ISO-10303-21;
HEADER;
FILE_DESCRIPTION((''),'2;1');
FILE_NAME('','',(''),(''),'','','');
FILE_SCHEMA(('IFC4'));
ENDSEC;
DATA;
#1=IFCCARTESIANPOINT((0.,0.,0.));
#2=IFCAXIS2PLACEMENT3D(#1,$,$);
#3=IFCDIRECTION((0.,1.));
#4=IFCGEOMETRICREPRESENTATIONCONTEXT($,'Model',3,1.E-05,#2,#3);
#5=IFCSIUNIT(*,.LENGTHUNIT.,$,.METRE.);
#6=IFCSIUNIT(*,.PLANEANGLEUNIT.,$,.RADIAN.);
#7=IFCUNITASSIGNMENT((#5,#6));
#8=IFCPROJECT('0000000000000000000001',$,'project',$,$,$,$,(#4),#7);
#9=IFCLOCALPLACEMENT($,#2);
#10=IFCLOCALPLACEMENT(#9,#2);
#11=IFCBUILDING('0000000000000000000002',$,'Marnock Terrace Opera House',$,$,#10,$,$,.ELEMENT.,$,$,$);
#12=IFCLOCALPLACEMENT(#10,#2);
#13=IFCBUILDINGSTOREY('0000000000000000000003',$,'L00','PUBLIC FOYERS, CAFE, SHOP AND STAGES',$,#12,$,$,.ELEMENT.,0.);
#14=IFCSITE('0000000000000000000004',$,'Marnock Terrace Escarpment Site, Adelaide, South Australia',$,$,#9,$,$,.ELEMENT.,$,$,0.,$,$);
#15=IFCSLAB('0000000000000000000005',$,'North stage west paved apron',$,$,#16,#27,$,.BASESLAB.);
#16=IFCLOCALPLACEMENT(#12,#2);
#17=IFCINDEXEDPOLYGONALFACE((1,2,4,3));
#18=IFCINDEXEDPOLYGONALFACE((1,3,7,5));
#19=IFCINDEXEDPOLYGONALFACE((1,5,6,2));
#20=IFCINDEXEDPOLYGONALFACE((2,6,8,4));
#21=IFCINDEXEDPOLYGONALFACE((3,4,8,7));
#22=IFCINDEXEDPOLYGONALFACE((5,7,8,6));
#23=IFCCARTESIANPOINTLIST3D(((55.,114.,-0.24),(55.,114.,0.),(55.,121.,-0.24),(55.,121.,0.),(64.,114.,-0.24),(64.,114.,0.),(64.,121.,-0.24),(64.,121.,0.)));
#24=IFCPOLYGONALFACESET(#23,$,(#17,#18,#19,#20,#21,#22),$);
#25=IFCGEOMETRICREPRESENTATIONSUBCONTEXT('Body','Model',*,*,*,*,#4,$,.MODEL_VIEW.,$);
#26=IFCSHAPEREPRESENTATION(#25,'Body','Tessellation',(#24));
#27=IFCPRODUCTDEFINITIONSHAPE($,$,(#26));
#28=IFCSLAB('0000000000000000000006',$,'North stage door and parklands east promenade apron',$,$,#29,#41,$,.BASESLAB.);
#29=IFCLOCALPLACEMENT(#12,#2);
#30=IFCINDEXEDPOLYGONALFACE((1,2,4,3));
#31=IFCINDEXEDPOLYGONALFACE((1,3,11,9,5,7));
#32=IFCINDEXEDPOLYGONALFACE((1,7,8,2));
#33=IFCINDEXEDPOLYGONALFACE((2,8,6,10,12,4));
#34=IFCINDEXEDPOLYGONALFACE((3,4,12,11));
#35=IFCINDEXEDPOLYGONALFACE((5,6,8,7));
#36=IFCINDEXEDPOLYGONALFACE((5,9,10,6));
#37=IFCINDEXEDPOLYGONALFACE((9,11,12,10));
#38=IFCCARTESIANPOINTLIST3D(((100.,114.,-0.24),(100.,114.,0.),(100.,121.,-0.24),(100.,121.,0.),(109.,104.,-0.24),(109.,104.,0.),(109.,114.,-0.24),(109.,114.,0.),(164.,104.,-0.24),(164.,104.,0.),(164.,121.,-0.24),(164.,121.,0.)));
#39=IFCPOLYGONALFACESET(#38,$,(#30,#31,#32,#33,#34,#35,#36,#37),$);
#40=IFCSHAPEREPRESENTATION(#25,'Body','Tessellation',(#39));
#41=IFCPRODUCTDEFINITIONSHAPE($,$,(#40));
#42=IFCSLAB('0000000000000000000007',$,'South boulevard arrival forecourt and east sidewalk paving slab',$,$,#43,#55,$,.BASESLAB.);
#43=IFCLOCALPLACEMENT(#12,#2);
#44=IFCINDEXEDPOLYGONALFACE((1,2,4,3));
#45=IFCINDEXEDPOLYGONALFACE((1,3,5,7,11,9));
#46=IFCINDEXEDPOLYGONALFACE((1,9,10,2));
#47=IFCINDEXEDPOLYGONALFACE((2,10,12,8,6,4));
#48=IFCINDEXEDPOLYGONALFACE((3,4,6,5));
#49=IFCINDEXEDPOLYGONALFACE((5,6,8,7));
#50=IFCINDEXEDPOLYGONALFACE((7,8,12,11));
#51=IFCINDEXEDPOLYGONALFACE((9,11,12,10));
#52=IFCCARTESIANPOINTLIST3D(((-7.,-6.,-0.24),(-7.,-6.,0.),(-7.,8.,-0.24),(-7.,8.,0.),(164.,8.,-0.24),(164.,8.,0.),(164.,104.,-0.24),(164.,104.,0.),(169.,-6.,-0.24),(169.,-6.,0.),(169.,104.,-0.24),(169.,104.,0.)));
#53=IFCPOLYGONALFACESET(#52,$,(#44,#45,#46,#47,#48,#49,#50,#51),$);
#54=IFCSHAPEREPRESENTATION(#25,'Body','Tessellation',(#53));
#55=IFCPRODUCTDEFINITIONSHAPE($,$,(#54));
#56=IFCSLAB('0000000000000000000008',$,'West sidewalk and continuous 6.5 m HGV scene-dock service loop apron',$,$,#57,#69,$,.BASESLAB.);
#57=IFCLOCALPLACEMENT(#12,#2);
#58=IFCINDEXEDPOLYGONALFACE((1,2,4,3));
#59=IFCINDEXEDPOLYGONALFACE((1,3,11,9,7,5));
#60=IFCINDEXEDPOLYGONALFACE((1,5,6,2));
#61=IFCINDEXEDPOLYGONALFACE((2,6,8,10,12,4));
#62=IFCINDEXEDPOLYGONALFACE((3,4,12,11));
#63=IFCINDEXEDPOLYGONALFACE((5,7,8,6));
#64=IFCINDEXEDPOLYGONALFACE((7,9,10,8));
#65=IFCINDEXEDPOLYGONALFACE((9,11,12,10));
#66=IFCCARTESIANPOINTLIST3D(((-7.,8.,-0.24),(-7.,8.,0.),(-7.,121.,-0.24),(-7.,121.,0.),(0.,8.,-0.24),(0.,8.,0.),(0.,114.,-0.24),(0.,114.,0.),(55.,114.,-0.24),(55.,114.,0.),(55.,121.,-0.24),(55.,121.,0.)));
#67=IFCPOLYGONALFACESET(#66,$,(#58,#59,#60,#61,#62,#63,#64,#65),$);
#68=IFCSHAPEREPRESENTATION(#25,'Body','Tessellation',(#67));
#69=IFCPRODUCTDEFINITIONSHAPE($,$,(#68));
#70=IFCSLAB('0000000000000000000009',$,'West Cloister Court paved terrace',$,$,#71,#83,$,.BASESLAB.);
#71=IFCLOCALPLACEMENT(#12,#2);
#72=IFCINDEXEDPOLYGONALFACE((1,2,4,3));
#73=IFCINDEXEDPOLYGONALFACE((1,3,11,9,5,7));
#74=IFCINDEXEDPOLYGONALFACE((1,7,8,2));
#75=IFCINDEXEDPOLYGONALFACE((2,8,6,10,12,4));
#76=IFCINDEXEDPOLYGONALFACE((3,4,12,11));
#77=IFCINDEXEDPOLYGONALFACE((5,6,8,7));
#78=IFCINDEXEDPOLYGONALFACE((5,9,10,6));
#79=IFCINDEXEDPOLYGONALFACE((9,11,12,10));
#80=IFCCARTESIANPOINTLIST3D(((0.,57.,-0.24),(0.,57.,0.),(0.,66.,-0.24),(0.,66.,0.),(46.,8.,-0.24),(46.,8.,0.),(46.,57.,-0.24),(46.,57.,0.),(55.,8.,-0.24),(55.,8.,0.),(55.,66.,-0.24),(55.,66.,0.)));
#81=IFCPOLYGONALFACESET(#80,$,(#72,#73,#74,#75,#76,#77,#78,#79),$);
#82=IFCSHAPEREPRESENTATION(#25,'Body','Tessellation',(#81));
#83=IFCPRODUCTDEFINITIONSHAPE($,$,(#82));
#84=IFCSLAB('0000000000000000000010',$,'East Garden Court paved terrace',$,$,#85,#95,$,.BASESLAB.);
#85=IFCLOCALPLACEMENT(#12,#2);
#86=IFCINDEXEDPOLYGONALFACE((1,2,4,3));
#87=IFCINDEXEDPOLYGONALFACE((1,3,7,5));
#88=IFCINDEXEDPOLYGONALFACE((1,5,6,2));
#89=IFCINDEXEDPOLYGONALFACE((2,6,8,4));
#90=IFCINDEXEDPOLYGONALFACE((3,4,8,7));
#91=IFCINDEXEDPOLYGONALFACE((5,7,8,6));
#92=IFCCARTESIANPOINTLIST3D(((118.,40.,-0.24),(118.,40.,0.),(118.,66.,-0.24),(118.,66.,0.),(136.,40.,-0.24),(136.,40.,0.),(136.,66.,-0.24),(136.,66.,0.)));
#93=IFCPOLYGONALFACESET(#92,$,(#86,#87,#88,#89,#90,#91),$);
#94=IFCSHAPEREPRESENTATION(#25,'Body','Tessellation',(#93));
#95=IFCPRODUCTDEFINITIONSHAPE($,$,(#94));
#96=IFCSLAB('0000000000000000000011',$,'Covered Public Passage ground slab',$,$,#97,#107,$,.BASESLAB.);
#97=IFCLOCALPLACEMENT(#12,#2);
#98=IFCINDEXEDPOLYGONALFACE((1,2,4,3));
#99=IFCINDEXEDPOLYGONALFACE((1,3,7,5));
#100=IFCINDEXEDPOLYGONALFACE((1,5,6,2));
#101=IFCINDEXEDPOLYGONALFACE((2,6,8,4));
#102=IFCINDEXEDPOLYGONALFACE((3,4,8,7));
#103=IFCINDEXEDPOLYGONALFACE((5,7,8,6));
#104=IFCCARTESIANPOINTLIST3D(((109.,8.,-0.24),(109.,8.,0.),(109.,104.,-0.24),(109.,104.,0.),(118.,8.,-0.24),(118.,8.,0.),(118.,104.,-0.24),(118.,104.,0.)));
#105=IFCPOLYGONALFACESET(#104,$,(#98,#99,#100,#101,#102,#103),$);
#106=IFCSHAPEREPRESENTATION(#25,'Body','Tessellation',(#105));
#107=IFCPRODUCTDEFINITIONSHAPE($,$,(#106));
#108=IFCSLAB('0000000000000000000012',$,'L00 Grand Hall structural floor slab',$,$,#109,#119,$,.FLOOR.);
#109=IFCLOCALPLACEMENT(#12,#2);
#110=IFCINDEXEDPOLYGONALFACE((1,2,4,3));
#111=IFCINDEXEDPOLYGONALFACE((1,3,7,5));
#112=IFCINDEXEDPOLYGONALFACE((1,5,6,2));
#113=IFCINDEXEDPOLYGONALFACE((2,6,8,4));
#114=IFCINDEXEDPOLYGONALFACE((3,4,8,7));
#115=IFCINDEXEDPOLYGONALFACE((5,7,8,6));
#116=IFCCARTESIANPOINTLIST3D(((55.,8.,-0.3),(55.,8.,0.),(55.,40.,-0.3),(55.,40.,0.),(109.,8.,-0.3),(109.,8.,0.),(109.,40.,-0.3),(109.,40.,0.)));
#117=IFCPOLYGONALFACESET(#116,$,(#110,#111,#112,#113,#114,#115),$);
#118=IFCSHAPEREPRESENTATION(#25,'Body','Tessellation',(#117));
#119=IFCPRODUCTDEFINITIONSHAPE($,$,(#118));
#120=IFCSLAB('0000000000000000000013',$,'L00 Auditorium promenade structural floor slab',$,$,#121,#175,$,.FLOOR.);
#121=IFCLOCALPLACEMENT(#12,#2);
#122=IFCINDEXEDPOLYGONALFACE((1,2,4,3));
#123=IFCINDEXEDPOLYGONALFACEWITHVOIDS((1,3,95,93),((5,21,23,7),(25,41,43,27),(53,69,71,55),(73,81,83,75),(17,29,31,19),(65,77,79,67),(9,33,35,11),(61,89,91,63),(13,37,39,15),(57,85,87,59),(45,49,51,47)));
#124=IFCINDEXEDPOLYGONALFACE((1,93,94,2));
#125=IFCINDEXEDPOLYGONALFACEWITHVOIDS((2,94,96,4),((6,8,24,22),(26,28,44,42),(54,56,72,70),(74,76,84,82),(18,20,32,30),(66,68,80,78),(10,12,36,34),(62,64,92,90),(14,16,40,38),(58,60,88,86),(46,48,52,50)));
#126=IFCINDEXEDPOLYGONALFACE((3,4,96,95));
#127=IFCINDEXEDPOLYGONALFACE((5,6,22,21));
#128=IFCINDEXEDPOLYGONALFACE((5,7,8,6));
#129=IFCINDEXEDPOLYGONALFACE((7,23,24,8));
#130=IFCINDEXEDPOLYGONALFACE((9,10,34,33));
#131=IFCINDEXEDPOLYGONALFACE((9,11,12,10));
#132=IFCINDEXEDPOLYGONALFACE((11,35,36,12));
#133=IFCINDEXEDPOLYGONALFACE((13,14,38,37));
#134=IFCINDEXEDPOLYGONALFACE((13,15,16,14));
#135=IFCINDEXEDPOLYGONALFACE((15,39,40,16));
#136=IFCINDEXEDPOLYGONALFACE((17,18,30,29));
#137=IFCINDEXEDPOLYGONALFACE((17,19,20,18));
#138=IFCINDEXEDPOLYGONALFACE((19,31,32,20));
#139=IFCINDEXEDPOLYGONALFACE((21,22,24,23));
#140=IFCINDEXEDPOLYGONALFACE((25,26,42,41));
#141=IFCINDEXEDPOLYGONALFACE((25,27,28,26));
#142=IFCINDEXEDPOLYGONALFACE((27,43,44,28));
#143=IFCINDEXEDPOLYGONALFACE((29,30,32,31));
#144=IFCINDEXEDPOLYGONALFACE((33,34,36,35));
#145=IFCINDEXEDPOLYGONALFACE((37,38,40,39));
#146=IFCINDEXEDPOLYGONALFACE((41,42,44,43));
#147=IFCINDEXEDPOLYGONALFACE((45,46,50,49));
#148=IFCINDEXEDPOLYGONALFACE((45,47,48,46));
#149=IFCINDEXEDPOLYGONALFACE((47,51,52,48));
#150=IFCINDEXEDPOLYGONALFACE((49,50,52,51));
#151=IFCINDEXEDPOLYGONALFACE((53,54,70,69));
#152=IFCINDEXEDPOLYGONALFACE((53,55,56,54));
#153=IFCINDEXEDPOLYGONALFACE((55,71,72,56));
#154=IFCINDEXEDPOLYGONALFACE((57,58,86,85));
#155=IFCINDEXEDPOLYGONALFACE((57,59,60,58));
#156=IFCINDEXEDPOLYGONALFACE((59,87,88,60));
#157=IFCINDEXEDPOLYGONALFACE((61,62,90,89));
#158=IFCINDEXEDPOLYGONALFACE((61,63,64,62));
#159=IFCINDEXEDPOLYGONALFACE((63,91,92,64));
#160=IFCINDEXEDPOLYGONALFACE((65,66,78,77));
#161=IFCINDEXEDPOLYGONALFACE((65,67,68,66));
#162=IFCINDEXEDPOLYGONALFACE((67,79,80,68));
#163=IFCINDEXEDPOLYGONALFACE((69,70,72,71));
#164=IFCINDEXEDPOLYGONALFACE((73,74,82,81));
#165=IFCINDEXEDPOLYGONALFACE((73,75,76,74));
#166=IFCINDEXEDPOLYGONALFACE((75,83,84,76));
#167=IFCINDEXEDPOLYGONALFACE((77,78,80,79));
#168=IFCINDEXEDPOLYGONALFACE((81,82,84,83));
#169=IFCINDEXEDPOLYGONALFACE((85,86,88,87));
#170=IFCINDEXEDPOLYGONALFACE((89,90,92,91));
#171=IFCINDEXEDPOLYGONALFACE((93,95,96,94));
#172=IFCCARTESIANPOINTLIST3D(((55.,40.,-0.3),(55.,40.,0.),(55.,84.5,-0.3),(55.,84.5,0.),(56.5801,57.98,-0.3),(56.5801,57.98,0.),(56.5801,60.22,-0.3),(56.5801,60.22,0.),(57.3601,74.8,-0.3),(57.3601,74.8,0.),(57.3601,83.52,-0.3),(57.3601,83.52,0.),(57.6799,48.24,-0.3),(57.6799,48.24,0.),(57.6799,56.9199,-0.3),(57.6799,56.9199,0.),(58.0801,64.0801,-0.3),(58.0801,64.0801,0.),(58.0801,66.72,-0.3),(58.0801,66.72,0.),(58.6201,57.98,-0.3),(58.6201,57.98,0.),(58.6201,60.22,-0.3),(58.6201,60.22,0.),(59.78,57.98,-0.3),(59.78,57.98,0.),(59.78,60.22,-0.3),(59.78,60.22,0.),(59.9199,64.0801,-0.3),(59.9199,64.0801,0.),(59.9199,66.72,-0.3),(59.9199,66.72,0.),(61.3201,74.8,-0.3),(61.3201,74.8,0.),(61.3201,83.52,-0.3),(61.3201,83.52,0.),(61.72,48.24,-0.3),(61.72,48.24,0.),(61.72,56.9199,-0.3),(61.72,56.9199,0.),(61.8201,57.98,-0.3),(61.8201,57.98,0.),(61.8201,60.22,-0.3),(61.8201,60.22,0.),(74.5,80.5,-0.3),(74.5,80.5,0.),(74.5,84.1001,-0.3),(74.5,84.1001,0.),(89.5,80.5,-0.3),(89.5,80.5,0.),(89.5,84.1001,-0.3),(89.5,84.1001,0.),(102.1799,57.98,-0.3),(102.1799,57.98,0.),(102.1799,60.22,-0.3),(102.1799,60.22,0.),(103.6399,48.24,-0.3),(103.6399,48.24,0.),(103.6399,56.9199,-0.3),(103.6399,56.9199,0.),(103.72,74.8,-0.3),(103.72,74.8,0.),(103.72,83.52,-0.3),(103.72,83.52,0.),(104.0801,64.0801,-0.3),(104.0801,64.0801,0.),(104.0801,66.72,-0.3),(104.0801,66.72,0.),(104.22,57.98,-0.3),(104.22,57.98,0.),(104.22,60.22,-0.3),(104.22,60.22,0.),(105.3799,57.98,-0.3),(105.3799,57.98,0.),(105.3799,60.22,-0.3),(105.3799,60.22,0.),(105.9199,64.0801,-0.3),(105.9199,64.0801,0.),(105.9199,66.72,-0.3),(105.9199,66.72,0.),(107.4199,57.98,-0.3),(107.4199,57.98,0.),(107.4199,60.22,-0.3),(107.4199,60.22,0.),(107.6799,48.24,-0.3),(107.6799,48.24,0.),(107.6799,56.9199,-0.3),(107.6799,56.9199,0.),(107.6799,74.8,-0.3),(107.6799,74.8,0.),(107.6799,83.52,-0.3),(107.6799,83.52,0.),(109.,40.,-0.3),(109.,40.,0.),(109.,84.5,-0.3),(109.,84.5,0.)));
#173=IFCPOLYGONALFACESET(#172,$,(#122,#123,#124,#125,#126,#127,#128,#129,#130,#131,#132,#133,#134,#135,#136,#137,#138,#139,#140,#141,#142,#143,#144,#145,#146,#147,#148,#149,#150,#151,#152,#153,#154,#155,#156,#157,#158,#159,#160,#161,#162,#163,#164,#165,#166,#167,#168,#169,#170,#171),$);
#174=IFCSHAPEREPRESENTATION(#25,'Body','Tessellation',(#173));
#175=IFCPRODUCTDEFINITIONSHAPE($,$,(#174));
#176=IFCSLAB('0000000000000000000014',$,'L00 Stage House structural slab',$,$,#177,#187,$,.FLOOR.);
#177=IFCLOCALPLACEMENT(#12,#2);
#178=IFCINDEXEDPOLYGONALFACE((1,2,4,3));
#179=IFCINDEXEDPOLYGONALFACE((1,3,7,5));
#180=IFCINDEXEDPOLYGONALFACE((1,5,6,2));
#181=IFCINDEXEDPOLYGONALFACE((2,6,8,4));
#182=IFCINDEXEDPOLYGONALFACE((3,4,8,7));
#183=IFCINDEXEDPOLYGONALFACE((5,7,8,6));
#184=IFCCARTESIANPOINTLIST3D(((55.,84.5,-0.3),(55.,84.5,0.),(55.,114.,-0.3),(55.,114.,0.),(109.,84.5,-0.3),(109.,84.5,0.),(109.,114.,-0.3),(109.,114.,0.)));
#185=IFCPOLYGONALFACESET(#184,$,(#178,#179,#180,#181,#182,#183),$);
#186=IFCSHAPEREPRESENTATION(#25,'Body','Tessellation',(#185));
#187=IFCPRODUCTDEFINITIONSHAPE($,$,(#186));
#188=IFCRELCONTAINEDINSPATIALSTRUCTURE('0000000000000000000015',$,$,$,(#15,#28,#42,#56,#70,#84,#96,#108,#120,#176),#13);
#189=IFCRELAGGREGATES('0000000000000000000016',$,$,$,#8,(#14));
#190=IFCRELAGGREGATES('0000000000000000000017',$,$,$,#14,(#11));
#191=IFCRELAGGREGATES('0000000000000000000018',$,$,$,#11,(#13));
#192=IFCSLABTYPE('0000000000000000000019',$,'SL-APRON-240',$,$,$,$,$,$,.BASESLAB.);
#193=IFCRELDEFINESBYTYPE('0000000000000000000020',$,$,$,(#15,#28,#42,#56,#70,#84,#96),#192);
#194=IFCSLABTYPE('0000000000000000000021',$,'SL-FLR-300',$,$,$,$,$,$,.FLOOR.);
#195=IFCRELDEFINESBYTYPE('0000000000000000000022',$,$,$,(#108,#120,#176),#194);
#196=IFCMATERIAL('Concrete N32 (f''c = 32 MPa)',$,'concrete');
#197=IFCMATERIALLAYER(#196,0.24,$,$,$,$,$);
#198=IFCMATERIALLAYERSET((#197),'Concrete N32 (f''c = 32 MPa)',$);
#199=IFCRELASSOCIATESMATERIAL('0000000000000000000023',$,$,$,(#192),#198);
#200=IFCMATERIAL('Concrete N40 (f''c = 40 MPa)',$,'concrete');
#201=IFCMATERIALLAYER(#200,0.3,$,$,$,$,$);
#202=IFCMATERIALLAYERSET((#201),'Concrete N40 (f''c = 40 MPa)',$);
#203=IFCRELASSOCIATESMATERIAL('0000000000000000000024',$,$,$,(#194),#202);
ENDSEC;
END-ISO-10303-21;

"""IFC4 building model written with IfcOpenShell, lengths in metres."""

from ifc_helpers import new_model, si_unit, direction, frame, origin, place, context, subcontext, project, spatial, polyline, outline, extrude, material, layer, layer_set, type_object, element, save


model = new_model("IFC4")

# Units and contexts
model_context = context("Model", 3, precision=1e-05, world=origin(), true_north=direction((0.0, 1.0)))
body_context = subcontext(model_context, "Body", "Model", "MODEL_VIEW")
ifc_project = project(units=[si_unit("LENGTHUNIT", "METRE"), si_unit("PLANEANGLEUNIT", "RADIAN")], contexts=[model_context])

# Site, building, storey
site_placement = place(None, origin())
site = spatial("IfcSite", under=ifc_project, at=site_placement, Name="Marnock Terrace Escarpment Site, Adelaide, South Australia", CompositionType="ELEMENT", RefElevation=0.0)
building_placement = place(site_placement, origin())
building = spatial("IfcBuilding", under=site, at=building_placement, Name="Marnock Terrace Opera House", CompositionType="ELEMENT")
storey_placement = place(building_placement, origin())
storey = spatial("IfcBuildingStorey", under=building, at=storey_placement, Name="L00", Description="PUBLIC FOYERS, CAFE, SHOP AND STAGES", CompositionType="ELEMENT", Elevation=0.0)

# Slabs
ifc_material_1 = material(Name="Concrete N32 (f'c = 32 MPa)", Category="concrete")
ifc_layer_1 = layer(ifc_material_1, 0.24)
ifc_layer_set_1 = layer_set([ifc_layer_1], Name="Concrete N32 (f'c = 32 MPa)")
slab_type_1 = type_object("IfcSlabType", Name="SL-APRON-240", PredefinedType="BASESLAB", material=ifc_layer_set_1)
slab_1_placement = place(storey_placement, frame((0.0, 0.0, -0.24)))
element("IfcSlab", 1, at=slab_1_placement, inside=storey, type_object=slab_type_1, Name="North stage west paved apron", PredefinedType="BASESLAB", context=body_context, shape_type="SweptSolid", body=[
    extrude(outline(polyline([(55.0, 114.0), (64.0, 114.0), (64.0, 121.0), (55.0, 121.0), (55.0, 114.0)])), origin(), (0.0, 0.0, 1.0), 0.24),
])
slab_2_placement = place(storey_placement, frame((0.0, 0.0, -0.24)))
element("IfcSlab", 2, at=slab_2_placement, inside=storey, type_object=slab_type_1, Name="North stage door and parklands east promenade apron", PredefinedType="BASESLAB", context=body_context, shape_type="SweptSolid", body=[
    extrude(outline(polyline([(100.0, 114.0), (100.0, 121.0), (164.0, 121.0), (164.0, 104.0), (109.0, 104.0), (109.0, 114.0), (100.0, 114.0)])), origin(), (0.0, 0.0, 1.0), 0.24),
])
slab_3_placement = place(storey_placement, frame((0.0, 0.0, -0.24)))
element("IfcSlab", 3, at=slab_3_placement, inside=storey, type_object=slab_type_1, Name="South boulevard arrival forecourt and east sidewalk paving slab", PredefinedType="BASESLAB", context=body_context, shape_type="SweptSolid", body=[
    extrude(outline(polyline([(-7.0, -6.0), (169.0, -6.0), (169.0, 104.0), (164.0, 104.0), (164.0, 8.0), (-7.0, 8.0), (-7.0, -6.0)])), origin(), (0.0, 0.0, 1.0), 0.24),
])
slab_4_placement = place(storey_placement, frame((0.0, 0.0, -0.24)))
element("IfcSlab", 4, at=slab_4_placement, inside=storey, type_object=slab_type_1, Name="West sidewalk and continuous 6.5 m HGV scene-dock service loop apron", PredefinedType="BASESLAB", context=body_context, shape_type="SweptSolid", body=[
    extrude(outline(polyline([(-7.0, 8.0), (0.0, 8.0), (0.0, 114.0), (55.0, 114.0), (55.0, 121.0), (-7.0, 121.0), (-7.0, 8.0)])), origin(), (0.0, 0.0, 1.0), 0.24),
])
slab_5_placement = place(storey_placement, frame((0.0, 0.0, -0.24)))
element("IfcSlab", 5, at=slab_5_placement, inside=storey, type_object=slab_type_1, Name="West Cloister Court paved terrace", PredefinedType="BASESLAB", context=body_context, shape_type="SweptSolid", body=[
    extrude(outline(polyline([(46.0, 8.0), (55.0, 8.0), (55.0, 66.0), (0.0, 66.0), (0.0, 57.0), (46.0, 57.0), (46.0, 8.0)])), origin(), (0.0, 0.0, 1.0), 0.24),
])
slab_6_placement = place(storey_placement, frame((0.0, 0.0, -0.24)))
element("IfcSlab", 6, at=slab_6_placement, inside=storey, type_object=slab_type_1, Name="East Garden Court paved terrace", PredefinedType="BASESLAB", context=body_context, shape_type="SweptSolid", body=[
    extrude(outline(polyline([(118.0, 40.0), (136.0, 40.0), (136.0, 66.0), (118.0, 66.0), (118.0, 40.0)])), origin(), (0.0, 0.0, 1.0), 0.24),
])
slab_7_placement = place(storey_placement, frame((0.0, 0.0, -0.24)))
element("IfcSlab", 7, at=slab_7_placement, inside=storey, type_object=slab_type_1, Name="Covered Public Passage ground slab", PredefinedType="BASESLAB", context=body_context, shape_type="SweptSolid", body=[
    extrude(outline(polyline([(109.0, 8.0), (118.0, 8.0), (118.0, 104.0), (109.0, 104.0), (109.0, 8.0)])), origin(), (0.0, 0.0, 1.0), 0.24),
])
ifc_material_2 = material(Name="Concrete N40 (f'c = 40 MPa)", Category="concrete")
ifc_layer_2 = layer(ifc_material_2, 0.3)
ifc_layer_set_2 = layer_set([ifc_layer_2], Name="Concrete N40 (f'c = 40 MPa)")
slab_type_2 = type_object("IfcSlabType", Name="SL-FLR-300", PredefinedType="FLOOR", material=ifc_layer_set_2)
slab_8_placement = place(storey_placement, frame((0.0, 0.0, -0.3)))
element("IfcSlab", 8, at=slab_8_placement, inside=storey, type_object=slab_type_2, Name="L00 Grand Hall structural floor slab", PredefinedType="FLOOR", context=body_context, shape_type="SweptSolid", body=[
    extrude(outline(polyline([(55.0, 8.0), (109.0, 8.0), (109.0, 40.0), (55.0, 40.0), (55.0, 8.0)])), origin(), (0.0, 0.0, 1.0), 0.3),
])
slab_9_placement = place(storey_placement, frame((0.0, 0.0, -0.3)))
element("IfcSlab", 9, at=slab_9_placement, inside=storey, type_object=slab_type_2, Name="L00 Auditorium promenade structural floor slab", PredefinedType="FLOOR", context=body_context, shape_type="SweptSolid", body=[
    extrude(outline(polyline([(55.0, 40.0), (109.0, 40.0), (109.0, 84.5), (55.0, 84.5), (55.0, 40.0)]), holes=[polyline([(61.72, 48.24), (61.72, 56.9199), (57.6799, 56.9199), (57.6799, 48.24), (61.72, 48.24)]), polyline([(56.5801, 57.98), (58.6201, 57.98), (58.6201, 60.22), (56.5801, 60.22), (56.5801, 57.98)]), polyline([(59.78, 57.98), (61.8201, 57.98), (61.8201, 60.22), (59.78, 60.22), (59.78, 57.98)]), polyline([(107.6799, 48.24), (107.6799, 56.9199), (103.6399, 56.9199), (103.6399, 48.24), (107.6799, 48.24)]), polyline([(102.1799, 57.98), (104.22, 57.98), (104.22, 60.22), (102.1799, 60.22), (102.1799, 57.98)]), polyline([(105.3799, 57.98), (107.4199, 57.98), (107.4199, 60.22), (105.3799, 60.22), (105.3799, 57.98)]), polyline([(61.3201, 74.8), (61.3201, 83.52), (57.3601, 83.52), (57.3601, 74.8), (61.3201, 74.8)]), polyline([(58.0801, 64.0801), (59.9199, 64.0801), (59.9199, 66.72), (58.0801, 66.72), (58.0801, 64.0801)]), polyline([(107.6799, 74.8), (107.6799, 83.52), (103.72, 83.52), (103.72, 74.8), (107.6799, 74.8)]), polyline([(104.0801, 64.0801), (105.9199, 64.0801), (105.9199, 66.72), (104.0801, 66.72), (104.0801, 64.0801)]), polyline([(74.5, 80.5), (89.5, 80.5), (89.5, 84.1001), (74.5, 84.1001), (74.5, 80.5)])]), origin(), (0.0, 0.0, 1.0), 0.3),
])
slab_10_placement = place(storey_placement, frame((0.0, 0.0, -0.3)))
element("IfcSlab", 10, at=slab_10_placement, inside=storey, type_object=slab_type_2, Name="L00 Stage House structural slab", PredefinedType="FLOOR", context=body_context, shape_type="SweptSolid", body=[
    extrude(outline(polyline([(55.0, 84.5), (109.0, 84.5), (109.0, 114.0), (55.0, 114.0), (55.0, 84.5)])), origin(), (0.0, 0.0, 1.0), 0.3),
])

save(model, "model.ifc")
